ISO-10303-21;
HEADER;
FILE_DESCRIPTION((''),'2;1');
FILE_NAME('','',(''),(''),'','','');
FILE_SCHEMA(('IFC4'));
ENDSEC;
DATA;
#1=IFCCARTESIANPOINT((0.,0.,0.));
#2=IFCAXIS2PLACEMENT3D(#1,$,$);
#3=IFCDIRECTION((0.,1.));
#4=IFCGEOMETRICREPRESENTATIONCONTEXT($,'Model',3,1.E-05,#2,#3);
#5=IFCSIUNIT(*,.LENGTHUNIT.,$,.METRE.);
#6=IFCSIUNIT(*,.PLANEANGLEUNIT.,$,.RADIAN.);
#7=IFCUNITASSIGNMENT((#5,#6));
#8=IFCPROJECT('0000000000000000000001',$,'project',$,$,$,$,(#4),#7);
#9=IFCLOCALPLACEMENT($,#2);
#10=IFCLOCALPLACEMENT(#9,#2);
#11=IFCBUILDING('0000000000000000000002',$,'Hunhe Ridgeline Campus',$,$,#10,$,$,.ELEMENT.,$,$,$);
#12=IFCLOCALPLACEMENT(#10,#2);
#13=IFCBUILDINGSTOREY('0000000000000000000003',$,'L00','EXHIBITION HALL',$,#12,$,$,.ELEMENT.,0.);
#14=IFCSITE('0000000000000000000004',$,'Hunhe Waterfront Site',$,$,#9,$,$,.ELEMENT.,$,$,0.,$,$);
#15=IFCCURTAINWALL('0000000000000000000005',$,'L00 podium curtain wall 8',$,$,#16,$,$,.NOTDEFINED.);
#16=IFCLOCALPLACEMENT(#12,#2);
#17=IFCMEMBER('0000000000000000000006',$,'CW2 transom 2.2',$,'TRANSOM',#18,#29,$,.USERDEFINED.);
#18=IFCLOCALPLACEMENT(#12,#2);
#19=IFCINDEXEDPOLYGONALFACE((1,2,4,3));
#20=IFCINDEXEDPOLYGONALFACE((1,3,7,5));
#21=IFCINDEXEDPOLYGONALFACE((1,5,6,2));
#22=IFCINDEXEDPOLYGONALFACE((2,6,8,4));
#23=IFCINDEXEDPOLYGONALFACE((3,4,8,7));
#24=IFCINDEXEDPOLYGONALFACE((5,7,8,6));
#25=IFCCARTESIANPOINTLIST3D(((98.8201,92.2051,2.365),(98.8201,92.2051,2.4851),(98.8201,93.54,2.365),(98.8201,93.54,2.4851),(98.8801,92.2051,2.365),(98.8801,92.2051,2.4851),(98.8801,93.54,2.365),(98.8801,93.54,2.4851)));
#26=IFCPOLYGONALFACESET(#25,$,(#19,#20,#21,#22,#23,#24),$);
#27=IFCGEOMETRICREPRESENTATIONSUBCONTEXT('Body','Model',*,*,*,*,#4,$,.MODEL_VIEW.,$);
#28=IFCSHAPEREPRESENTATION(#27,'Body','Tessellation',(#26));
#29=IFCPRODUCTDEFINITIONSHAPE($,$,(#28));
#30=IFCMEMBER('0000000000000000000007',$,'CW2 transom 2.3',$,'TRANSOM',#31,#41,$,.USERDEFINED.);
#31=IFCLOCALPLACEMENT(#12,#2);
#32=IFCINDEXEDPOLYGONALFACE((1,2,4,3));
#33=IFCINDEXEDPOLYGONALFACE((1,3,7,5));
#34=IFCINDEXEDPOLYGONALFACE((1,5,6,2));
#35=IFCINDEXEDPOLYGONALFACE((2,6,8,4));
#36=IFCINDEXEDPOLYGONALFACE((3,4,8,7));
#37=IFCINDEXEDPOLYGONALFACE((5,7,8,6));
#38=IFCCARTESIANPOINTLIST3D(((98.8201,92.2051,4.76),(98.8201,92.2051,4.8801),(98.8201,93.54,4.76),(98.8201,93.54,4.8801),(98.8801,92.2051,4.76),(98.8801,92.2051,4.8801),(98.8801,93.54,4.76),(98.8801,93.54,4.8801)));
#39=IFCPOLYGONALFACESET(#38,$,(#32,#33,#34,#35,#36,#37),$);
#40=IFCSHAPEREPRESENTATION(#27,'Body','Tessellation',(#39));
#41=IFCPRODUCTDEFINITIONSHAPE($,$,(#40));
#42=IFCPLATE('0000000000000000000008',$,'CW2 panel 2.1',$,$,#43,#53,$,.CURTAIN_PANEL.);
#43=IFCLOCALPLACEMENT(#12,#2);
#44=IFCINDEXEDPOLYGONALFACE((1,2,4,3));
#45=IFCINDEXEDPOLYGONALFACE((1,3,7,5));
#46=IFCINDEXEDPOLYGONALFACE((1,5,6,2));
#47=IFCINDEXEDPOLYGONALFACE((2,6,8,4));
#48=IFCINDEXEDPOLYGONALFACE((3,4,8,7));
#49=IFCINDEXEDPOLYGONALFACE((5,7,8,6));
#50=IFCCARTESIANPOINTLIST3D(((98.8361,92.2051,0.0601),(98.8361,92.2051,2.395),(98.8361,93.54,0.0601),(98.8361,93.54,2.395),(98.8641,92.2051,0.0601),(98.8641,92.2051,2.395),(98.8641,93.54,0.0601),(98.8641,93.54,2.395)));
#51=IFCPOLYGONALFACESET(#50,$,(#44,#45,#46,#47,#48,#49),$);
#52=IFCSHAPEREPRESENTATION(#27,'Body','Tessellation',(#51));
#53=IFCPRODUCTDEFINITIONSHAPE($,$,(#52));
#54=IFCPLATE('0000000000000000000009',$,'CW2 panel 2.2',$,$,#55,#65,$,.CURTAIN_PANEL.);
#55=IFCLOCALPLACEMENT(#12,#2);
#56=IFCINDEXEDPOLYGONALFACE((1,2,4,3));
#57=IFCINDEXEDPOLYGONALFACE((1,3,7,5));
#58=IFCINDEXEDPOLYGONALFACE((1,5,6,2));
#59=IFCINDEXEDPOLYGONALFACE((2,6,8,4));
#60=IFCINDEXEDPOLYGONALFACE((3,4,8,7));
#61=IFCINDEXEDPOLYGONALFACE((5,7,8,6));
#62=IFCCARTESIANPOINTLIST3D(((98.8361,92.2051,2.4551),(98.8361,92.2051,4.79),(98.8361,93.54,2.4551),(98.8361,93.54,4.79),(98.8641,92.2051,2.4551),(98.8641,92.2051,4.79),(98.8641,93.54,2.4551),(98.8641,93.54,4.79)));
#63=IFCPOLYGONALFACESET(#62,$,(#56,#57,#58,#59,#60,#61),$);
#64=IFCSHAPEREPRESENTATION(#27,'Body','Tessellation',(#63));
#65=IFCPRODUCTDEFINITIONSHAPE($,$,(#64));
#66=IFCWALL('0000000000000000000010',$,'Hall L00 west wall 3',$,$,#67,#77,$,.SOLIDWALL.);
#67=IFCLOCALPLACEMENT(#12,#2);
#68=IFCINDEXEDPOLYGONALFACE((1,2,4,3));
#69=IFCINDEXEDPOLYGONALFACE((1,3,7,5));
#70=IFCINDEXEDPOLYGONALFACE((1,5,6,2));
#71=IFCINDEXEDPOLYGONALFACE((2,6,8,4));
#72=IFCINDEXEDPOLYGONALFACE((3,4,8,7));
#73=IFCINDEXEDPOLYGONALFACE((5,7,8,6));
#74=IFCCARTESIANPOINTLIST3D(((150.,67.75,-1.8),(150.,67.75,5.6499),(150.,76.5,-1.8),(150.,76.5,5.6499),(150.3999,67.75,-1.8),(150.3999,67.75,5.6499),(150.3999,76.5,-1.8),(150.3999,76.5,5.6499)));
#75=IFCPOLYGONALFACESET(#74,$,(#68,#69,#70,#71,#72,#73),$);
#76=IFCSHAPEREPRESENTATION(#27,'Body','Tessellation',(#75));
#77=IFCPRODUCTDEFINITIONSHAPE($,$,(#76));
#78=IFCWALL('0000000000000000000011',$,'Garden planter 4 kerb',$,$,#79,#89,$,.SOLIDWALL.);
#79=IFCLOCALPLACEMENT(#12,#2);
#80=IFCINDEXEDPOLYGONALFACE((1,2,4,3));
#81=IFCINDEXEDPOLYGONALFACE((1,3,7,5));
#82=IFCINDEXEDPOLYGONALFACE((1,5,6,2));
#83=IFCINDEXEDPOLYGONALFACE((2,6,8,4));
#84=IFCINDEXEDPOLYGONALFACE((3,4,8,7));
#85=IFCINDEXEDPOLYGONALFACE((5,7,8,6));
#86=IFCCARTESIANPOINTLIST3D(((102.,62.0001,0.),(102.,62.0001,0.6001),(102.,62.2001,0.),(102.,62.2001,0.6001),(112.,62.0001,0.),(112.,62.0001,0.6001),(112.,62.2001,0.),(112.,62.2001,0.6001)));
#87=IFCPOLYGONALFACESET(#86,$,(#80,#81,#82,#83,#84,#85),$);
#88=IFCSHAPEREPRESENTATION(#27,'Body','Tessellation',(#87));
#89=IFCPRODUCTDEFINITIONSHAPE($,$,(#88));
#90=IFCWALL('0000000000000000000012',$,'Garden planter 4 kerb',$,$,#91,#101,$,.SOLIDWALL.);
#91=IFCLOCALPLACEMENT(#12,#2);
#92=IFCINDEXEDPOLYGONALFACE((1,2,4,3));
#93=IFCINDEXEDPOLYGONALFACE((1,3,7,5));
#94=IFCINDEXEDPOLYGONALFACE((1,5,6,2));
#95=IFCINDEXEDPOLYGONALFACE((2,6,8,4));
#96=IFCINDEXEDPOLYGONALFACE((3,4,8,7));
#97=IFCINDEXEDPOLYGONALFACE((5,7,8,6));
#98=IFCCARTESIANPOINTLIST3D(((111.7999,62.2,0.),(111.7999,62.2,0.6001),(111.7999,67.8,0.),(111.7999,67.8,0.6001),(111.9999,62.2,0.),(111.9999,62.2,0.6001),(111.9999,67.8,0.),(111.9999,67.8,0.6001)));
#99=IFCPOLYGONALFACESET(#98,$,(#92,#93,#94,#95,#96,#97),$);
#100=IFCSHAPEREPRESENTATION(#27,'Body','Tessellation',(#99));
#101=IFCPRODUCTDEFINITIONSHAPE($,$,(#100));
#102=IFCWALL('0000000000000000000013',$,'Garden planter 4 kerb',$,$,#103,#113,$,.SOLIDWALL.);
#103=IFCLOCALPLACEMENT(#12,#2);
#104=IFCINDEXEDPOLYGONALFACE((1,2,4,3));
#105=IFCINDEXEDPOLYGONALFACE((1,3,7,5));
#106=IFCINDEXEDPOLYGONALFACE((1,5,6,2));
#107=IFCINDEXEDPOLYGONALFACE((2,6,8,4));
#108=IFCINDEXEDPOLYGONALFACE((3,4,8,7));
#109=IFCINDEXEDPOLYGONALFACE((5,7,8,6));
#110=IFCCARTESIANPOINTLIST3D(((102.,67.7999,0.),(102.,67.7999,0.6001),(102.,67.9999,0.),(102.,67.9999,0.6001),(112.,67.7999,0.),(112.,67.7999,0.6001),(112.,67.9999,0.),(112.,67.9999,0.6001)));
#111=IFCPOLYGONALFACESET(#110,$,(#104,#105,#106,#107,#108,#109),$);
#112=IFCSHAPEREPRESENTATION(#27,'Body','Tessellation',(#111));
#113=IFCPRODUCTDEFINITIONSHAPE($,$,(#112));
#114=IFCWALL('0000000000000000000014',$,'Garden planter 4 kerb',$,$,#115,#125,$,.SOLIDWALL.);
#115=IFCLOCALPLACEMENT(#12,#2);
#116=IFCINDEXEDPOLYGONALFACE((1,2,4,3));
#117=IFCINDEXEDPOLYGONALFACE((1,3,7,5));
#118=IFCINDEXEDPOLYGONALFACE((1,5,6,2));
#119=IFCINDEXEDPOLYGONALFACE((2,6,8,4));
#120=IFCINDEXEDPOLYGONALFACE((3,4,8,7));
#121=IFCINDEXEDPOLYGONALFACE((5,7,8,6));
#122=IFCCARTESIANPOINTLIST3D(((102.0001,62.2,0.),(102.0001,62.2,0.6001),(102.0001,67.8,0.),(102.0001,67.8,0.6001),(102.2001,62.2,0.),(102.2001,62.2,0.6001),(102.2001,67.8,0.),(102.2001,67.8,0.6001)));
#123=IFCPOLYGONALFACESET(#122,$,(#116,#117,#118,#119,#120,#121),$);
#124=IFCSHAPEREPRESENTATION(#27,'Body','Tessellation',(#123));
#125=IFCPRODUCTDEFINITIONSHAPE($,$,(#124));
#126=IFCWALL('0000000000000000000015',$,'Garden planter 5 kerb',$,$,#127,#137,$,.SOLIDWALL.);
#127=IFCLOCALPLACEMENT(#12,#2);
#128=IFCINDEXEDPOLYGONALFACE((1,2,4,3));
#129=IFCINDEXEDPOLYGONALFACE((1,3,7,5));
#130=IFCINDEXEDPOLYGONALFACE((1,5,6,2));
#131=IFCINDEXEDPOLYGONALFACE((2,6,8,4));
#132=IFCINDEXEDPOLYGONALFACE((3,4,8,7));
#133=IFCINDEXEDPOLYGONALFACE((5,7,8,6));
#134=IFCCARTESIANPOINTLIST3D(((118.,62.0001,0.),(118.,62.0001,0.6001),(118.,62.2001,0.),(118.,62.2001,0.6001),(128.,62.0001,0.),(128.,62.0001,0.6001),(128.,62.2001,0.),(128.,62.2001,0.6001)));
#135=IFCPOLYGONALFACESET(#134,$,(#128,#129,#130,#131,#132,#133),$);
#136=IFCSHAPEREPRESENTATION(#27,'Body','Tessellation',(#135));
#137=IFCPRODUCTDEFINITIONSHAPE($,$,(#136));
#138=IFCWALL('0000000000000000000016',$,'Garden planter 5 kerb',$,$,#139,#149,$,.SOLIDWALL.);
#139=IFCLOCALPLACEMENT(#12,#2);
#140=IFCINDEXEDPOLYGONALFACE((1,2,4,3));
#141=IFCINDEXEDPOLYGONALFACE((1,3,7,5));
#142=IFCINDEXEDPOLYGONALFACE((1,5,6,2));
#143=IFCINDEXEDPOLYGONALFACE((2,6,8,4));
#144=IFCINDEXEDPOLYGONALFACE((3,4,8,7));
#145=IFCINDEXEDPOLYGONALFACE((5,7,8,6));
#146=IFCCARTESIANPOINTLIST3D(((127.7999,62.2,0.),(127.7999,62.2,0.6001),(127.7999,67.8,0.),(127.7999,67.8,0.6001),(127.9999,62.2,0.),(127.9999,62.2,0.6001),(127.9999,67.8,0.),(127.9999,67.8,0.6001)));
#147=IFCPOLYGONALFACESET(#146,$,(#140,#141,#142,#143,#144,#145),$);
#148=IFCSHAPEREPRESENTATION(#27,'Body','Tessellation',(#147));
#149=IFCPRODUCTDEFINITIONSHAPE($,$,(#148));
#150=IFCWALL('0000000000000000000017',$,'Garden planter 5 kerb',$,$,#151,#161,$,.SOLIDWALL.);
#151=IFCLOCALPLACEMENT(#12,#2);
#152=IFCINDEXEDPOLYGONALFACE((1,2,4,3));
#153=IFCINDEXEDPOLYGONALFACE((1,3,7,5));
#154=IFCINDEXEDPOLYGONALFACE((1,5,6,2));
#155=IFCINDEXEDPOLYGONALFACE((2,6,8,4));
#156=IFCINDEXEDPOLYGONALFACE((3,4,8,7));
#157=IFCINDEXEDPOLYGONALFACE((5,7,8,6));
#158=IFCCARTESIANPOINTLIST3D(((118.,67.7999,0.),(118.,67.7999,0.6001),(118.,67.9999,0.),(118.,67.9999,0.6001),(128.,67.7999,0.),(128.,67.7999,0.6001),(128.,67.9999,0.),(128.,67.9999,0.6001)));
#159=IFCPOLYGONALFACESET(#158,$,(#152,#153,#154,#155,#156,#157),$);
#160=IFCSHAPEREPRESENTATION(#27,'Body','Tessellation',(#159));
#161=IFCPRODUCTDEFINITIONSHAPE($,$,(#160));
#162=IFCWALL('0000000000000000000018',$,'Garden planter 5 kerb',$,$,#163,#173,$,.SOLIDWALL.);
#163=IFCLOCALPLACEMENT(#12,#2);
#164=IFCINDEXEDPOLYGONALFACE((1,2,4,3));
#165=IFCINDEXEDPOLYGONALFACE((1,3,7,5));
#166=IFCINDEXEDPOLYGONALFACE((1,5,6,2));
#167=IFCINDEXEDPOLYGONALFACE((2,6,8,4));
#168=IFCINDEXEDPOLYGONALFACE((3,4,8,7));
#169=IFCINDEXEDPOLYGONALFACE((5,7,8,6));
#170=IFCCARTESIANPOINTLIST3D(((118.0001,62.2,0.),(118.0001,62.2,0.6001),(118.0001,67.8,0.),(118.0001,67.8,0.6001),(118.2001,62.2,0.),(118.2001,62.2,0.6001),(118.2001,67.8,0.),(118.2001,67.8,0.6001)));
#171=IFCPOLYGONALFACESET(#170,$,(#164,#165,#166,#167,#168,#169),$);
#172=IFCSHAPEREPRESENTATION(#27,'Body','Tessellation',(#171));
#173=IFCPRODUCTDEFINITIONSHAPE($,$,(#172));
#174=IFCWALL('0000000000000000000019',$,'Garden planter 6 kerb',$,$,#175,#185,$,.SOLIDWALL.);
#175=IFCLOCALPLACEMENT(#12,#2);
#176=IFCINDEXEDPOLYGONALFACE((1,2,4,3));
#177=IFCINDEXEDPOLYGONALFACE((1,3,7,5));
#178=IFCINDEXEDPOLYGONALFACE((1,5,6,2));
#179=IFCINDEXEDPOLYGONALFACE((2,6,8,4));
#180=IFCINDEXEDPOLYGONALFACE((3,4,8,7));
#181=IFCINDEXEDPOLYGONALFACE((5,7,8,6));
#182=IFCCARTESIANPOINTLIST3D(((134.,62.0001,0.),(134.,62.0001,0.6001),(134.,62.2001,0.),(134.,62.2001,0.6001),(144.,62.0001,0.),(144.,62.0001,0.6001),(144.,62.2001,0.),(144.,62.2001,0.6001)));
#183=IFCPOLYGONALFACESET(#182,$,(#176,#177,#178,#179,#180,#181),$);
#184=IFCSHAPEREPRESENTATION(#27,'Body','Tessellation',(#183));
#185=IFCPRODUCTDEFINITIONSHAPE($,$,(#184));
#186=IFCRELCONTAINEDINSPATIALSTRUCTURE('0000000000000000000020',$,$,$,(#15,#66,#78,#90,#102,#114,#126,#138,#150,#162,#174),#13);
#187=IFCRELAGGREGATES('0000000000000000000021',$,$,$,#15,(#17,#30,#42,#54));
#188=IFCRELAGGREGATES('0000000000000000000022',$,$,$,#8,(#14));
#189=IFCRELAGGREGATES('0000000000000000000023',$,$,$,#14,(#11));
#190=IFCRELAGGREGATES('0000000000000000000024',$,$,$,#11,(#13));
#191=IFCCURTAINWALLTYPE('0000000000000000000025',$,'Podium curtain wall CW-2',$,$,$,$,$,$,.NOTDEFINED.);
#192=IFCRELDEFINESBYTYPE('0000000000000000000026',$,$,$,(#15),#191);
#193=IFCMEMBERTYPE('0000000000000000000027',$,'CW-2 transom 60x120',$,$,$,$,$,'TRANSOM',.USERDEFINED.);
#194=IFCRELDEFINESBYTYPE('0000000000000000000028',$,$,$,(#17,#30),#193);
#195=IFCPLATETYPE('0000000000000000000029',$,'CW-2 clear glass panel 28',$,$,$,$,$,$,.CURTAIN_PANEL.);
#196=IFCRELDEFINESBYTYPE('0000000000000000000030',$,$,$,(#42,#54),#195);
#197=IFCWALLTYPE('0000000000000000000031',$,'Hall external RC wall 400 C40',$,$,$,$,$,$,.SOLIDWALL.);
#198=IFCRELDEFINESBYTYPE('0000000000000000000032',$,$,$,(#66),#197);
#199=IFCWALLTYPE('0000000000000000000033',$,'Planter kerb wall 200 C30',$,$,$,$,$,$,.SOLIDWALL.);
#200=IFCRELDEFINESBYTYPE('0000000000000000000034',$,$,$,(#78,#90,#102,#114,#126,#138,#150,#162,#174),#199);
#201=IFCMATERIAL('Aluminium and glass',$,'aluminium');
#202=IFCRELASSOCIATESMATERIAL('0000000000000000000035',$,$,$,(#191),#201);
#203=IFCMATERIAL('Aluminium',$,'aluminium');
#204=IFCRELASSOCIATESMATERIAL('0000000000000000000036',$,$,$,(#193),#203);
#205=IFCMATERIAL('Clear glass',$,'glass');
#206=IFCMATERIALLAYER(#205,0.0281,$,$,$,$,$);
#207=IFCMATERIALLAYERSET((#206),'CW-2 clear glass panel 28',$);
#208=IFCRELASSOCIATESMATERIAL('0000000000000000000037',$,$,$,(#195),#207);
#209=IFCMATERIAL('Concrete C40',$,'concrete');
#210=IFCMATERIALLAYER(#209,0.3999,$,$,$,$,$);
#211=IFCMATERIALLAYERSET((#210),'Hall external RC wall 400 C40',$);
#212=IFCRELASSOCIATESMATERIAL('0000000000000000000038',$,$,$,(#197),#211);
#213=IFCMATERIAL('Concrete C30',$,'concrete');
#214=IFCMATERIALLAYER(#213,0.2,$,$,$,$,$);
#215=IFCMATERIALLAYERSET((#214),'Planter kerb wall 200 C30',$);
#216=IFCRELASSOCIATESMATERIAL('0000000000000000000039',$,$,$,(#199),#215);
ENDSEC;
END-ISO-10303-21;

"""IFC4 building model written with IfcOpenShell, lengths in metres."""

from ifc_helpers import new_model, si_unit, direction, frame, frame_2d, origin, origin_2d, place, context, subcontext, project, spatial, rectangle, extrude, material, layer, layer_set, material_profile, profile_set, type_object, element, aggregate, save


model = new_model("IFC4")

# Units and contexts
model_context = context("Model", 3, precision=1e-05, world=origin(), true_north=direction((0.0, 1.0)))
body_context = subcontext(model_context, "Body", "Model", "MODEL_VIEW")
ifc_project = project(units=[si_unit("LENGTHUNIT", "METRE"), si_unit("PLANEANGLEUNIT", "RADIAN")], contexts=[model_context])

# Site, building, storey
site_placement = place(None, origin())
site = spatial("IfcSite", under=ifc_project, at=site_placement, Name="Hunhe Waterfront Site", CompositionType="ELEMENT", RefElevation=0.0)
building_placement = place(site_placement, origin())
building = spatial("IfcBuilding", under=site, at=building_placement, Name="Hunhe Ridgeline Campus", CompositionType="ELEMENT")
storey_placement = place(building_placement, origin())
storey = spatial("IfcBuildingStorey", under=building, at=storey_placement, Name="L00", Description="EXHIBITION HALL", CompositionType="ELEMENT", Elevation=0.0)

# Curtain wall, members, plates
ifc_material_1 = material(Name="Aluminium and glass", Category="aluminium")
curtain_wall_type = type_object("IfcCurtainWallType", Name="Podium curtain wall CW-2", PredefinedType="NOTDEFINED", material=ifc_material_1)
curtain_wall_placement = place(storey_placement, origin())
curtain_wall = element("IfcCurtainWall", 1, at=curtain_wall_placement, inside=storey, type_object=curtain_wall_type, Name="L00 podium curtain wall 8", PredefinedType="NOTDEFINED")
ifc_material_2 = material(Name="Aluminium", Category="aluminium")
ifc_material_profile_1 = material_profile(ifc_material_2, rectangle(XDim=0.0601, YDim=0.1201, at=origin_2d()))
ifc_profile_set_1 = profile_set([ifc_material_profile_1], Name="Aluminium")
member_type_1 = type_object("IfcMemberType", Name="CW-2 transom 60x120", ElementType="TRANSOM", PredefinedType="USERDEFINED", material=ifc_profile_set_1)
member_1_placement = place(storey_placement, frame((98.8501, 92.2051, 2.425), z_axis=(0.0, 1.0, 0.0), x_axis=(-1.0, 0.0, 0.0)))
member_1 = element("IfcMember", 2, at=member_1_placement, type_object=member_type_1, Name="CW2 transom 2.2", ObjectType="TRANSOM", PredefinedType="USERDEFINED", context=body_context, shape_type="SweptSolid", body=[
    extrude(rectangle(XDim=0.0601, YDim=0.1201, at=origin_2d()), origin(), (0.0, 0.0, 1.0), 1.335),
])
member_2_placement = place(storey_placement, frame((98.8501, 92.2051, 4.8201), z_axis=(0.0, 1.0, 0.0), x_axis=(-1.0, 0.0, 0.0)))
member_2 = element("IfcMember", 3, at=member_2_placement, type_object=member_type_1, Name="CW2 transom 2.3", ObjectType="TRANSOM", PredefinedType="USERDEFINED", context=body_context, shape_type="SweptSolid", body=[
    extrude(rectangle(XDim=0.0601, YDim=0.1201, at=origin_2d()), origin(), (0.0, 0.0, 1.0), 1.335),
])
ifc_material_3 = material(Name="Clear glass", Category="glass")
ifc_layer_1 = layer(ifc_material_3, 0.0281)
ifc_layer_set_1 = layer_set([ifc_layer_1], Name="CW-2 clear glass panel 28")
plate_type = type_object("IfcPlateType", Name="CW-2 clear glass panel 28", PredefinedType="CURTAIN_PANEL", material=ifc_layer_set_1)
plate_1_placement = place(storey_placement, frame((98.8501, 92.8726, 0.0601), z_axis=(0.0, 0.0, 1.0), x_axis=(0.0, 1.0, 0.0)))
plate_1 = element("IfcPlate", 4, at=plate_1_placement, type_object=plate_type, Name="CW2 panel 2.1", PredefinedType="CURTAIN_PANEL", context=body_context, shape_type="SweptSolid", body=[
    extrude(rectangle(XDim=1.335, YDim=0.0281, at=origin_2d()), origin(), (0.0, 0.0, 1.0), 2.335),
])
plate_2_placement = place(storey_placement, frame((98.8501, 92.8726, 2.4551), z_axis=(0.0, 0.0, 1.0), x_axis=(0.0, 1.0, 0.0)))
plate_2 = element("IfcPlate", 5, at=plate_2_placement, type_object=plate_type, Name="CW2 panel 2.2", PredefinedType="CURTAIN_PANEL", context=body_context, shape_type="SweptSolid", body=[
    extrude(rectangle(XDim=1.335, YDim=0.0281, at=origin_2d()), origin(), (0.0, 0.0, 1.0), 2.335),
])
aggregate(curtain_wall, [member_1, member_2, plate_1, plate_2])

# Walls
ifc_material_4 = material(Name="Concrete C40", Category="concrete")
ifc_layer_2 = layer(ifc_material_4, 0.3999)
ifc_layer_set_2 = layer_set([ifc_layer_2], Name="Hall external RC wall 400 C40")
wall_type_1 = type_object("IfcWallType", Name="Hall external RC wall 400 C40", PredefinedType="SOLIDWALL", material=ifc_layer_set_2)
wall_1_placement = place(storey_placement, frame((150.2, 67.75, -1.8), z_axis=(0.0, 0.0, 1.0), x_axis=(0.0, 1.0, 0.0)))
element("IfcWall", 6, at=wall_1_placement, inside=storey, type_object=wall_type_1, Name="Hall L00 west wall 3", PredefinedType="SOLIDWALL", context=body_context, shape_type="SweptSolid", body=[
    extrude(rectangle(XDim=8.75, YDim=0.3999, at=frame_2d((4.375, 0.0))), origin(), (0.0, 0.0, 1.0), 7.45),
])
ifc_material_5 = material(Name="Concrete C30", Category="concrete")
ifc_layer_3 = layer(ifc_material_5, 0.2)
ifc_layer_set_3 = layer_set([ifc_layer_3], Name="Planter kerb wall 200 C30")
wall_type_2 = type_object("IfcWallType", Name="Planter kerb wall 200 C30", PredefinedType="SOLIDWALL", material=ifc_layer_set_3)
wall_2_placement = place(storey_placement, frame((102.0, 62.1001, 0.0), z_axis=(0.0, 0.0, 1.0), x_axis=(1.0, 0.0, 0.0)))
element("IfcWall", 7, at=wall_2_placement, inside=storey, type_object=wall_type_2, Name="Garden planter 4 kerb", PredefinedType="SOLIDWALL", context=body_context, shape_type="SweptSolid", body=[
    extrude(rectangle(XDim=10.0, YDim=0.2, at=frame_2d((5.0, 0.0))), origin(), (0.0, 0.0, 1.0), 0.6001),
])
wall_3_placement = place(storey_placement, frame((111.8999, 62.2, 0.0), z_axis=(0.0, 0.0, 1.0), x_axis=(0.0, 1.0, 0.0)))
element("IfcWall", 8, at=wall_3_placement, inside=storey, type_object=wall_type_2, Name="Garden planter 4 kerb", PredefinedType="SOLIDWALL", context=body_context, shape_type="SweptSolid", body=[
    extrude(rectangle(XDim=5.6001, YDim=0.2, at=frame_2d((2.8, 0.0))), origin(), (0.0, 0.0, 1.0), 0.6001),
])
wall_4_placement = place(storey_placement, frame((112.0, 67.8999, 0.0), z_axis=(0.0, 0.0, 1.0), x_axis=(-1.0, 0.0, 0.0)))
element("IfcWall", 9, at=wall_4_placement, inside=storey, type_object=wall_type_2, Name="Garden planter 4 kerb", PredefinedType="SOLIDWALL", context=body_context, shape_type="SweptSolid", body=[
    extrude(rectangle(XDim=10.0, YDim=0.2, at=frame_2d((5.0, 0.0))), origin(), (0.0, 0.0, 1.0), 0.6001),
])
wall_5_placement = place(storey_placement, frame((102.1001, 67.8, 0.0), z_axis=(0.0, 0.0, 1.0), x_axis=(0.0, -1.0, 0.0)))
element("IfcWall", 10, at=wall_5_placement, inside=storey, type_object=wall_type_2, Name="Garden planter 4 kerb", PredefinedType="SOLIDWALL", context=body_context, shape_type="SweptSolid", body=[
    extrude(rectangle(XDim=5.6001, YDim=0.2, at=frame_2d((2.8, 0.0))), origin(), (0.0, 0.0, 1.0), 0.6001),
])
wall_6_placement = place(storey_placement, frame((118.0, 62.1001, 0.0), z_axis=(0.0, 0.0, 1.0), x_axis=(1.0, 0.0, 0.0)))
element("IfcWall", 11, at=wall_6_placement, inside=storey, type_object=wall_type_2, Name="Garden planter 5 kerb", PredefinedType="SOLIDWALL", context=body_context, shape_type="SweptSolid", body=[
    extrude(rectangle(XDim=10.0, YDim=0.2, at=frame_2d((5.0, 0.0))), origin(), (0.0, 0.0, 1.0), 0.6001),
])
wall_7_placement = place(storey_placement, frame((127.8999, 62.2, 0.0), z_axis=(0.0, 0.0, 1.0), x_axis=(0.0, 1.0, 0.0)))
element("IfcWall", 12, at=wall_7_placement, inside=storey, type_object=wall_type_2, Name="Garden planter 5 kerb", PredefinedType="SOLIDWALL", context=body_context, shape_type="SweptSolid", body=[
    extrude(rectangle(XDim=5.6001, YDim=0.2, at=frame_2d((2.8, 0.0))), origin(), (0.0, 0.0, 1.0), 0.6001),
])
wall_8_placement = place(storey_placement, frame((128.0, 67.8999, 0.0), z_axis=(0.0, 0.0, 1.0), x_axis=(-1.0, 0.0, 0.0)))
element("IfcWall", 13, at=wall_8_placement, inside=storey, type_object=wall_type_2, Name="Garden planter 5 kerb", PredefinedType="SOLIDWALL", context=body_context, shape_type="SweptSolid", body=[
    extrude(rectangle(XDim=10.0, YDim=0.2, at=frame_2d((5.0, 0.0))), origin(), (0.0, 0.0, 1.0), 0.6001),
])
wall_9_placement = place(storey_placement, frame((118.1001, 67.8, 0.0), z_axis=(0.0, 0.0, 1.0), x_axis=(0.0, -1.0, 0.0)))
element("IfcWall", 14, at=wall_9_placement, inside=storey, type_object=wall_type_2, Name="Garden planter 5 kerb", PredefinedType="SOLIDWALL", context=body_context, shape_type="SweptSolid", body=[
    extrude(rectangle(XDim=5.6001, YDim=0.2, at=frame_2d((2.8, 0.0))), origin(), (0.0, 0.0, 1.0), 0.6001),
])
wall_10_placement = place(storey_placement, frame((134.0, 62.1001, 0.0), z_axis=(0.0, 0.0, 1.0), x_axis=(1.0, 0.0, 0.0)))
element("IfcWall", 15, at=wall_10_placement, inside=storey, type_object=wall_type_2, Name="Garden planter 6 kerb", PredefinedType="SOLIDWALL", context=body_context, shape_type="SweptSolid", body=[
    extrude(rectangle(XDim=10.0, YDim=0.2, at=frame_2d((5.0, 0.0))), origin(), (0.0, 0.0, 1.0), 0.6001),
])

save(model, "model.ifc")
